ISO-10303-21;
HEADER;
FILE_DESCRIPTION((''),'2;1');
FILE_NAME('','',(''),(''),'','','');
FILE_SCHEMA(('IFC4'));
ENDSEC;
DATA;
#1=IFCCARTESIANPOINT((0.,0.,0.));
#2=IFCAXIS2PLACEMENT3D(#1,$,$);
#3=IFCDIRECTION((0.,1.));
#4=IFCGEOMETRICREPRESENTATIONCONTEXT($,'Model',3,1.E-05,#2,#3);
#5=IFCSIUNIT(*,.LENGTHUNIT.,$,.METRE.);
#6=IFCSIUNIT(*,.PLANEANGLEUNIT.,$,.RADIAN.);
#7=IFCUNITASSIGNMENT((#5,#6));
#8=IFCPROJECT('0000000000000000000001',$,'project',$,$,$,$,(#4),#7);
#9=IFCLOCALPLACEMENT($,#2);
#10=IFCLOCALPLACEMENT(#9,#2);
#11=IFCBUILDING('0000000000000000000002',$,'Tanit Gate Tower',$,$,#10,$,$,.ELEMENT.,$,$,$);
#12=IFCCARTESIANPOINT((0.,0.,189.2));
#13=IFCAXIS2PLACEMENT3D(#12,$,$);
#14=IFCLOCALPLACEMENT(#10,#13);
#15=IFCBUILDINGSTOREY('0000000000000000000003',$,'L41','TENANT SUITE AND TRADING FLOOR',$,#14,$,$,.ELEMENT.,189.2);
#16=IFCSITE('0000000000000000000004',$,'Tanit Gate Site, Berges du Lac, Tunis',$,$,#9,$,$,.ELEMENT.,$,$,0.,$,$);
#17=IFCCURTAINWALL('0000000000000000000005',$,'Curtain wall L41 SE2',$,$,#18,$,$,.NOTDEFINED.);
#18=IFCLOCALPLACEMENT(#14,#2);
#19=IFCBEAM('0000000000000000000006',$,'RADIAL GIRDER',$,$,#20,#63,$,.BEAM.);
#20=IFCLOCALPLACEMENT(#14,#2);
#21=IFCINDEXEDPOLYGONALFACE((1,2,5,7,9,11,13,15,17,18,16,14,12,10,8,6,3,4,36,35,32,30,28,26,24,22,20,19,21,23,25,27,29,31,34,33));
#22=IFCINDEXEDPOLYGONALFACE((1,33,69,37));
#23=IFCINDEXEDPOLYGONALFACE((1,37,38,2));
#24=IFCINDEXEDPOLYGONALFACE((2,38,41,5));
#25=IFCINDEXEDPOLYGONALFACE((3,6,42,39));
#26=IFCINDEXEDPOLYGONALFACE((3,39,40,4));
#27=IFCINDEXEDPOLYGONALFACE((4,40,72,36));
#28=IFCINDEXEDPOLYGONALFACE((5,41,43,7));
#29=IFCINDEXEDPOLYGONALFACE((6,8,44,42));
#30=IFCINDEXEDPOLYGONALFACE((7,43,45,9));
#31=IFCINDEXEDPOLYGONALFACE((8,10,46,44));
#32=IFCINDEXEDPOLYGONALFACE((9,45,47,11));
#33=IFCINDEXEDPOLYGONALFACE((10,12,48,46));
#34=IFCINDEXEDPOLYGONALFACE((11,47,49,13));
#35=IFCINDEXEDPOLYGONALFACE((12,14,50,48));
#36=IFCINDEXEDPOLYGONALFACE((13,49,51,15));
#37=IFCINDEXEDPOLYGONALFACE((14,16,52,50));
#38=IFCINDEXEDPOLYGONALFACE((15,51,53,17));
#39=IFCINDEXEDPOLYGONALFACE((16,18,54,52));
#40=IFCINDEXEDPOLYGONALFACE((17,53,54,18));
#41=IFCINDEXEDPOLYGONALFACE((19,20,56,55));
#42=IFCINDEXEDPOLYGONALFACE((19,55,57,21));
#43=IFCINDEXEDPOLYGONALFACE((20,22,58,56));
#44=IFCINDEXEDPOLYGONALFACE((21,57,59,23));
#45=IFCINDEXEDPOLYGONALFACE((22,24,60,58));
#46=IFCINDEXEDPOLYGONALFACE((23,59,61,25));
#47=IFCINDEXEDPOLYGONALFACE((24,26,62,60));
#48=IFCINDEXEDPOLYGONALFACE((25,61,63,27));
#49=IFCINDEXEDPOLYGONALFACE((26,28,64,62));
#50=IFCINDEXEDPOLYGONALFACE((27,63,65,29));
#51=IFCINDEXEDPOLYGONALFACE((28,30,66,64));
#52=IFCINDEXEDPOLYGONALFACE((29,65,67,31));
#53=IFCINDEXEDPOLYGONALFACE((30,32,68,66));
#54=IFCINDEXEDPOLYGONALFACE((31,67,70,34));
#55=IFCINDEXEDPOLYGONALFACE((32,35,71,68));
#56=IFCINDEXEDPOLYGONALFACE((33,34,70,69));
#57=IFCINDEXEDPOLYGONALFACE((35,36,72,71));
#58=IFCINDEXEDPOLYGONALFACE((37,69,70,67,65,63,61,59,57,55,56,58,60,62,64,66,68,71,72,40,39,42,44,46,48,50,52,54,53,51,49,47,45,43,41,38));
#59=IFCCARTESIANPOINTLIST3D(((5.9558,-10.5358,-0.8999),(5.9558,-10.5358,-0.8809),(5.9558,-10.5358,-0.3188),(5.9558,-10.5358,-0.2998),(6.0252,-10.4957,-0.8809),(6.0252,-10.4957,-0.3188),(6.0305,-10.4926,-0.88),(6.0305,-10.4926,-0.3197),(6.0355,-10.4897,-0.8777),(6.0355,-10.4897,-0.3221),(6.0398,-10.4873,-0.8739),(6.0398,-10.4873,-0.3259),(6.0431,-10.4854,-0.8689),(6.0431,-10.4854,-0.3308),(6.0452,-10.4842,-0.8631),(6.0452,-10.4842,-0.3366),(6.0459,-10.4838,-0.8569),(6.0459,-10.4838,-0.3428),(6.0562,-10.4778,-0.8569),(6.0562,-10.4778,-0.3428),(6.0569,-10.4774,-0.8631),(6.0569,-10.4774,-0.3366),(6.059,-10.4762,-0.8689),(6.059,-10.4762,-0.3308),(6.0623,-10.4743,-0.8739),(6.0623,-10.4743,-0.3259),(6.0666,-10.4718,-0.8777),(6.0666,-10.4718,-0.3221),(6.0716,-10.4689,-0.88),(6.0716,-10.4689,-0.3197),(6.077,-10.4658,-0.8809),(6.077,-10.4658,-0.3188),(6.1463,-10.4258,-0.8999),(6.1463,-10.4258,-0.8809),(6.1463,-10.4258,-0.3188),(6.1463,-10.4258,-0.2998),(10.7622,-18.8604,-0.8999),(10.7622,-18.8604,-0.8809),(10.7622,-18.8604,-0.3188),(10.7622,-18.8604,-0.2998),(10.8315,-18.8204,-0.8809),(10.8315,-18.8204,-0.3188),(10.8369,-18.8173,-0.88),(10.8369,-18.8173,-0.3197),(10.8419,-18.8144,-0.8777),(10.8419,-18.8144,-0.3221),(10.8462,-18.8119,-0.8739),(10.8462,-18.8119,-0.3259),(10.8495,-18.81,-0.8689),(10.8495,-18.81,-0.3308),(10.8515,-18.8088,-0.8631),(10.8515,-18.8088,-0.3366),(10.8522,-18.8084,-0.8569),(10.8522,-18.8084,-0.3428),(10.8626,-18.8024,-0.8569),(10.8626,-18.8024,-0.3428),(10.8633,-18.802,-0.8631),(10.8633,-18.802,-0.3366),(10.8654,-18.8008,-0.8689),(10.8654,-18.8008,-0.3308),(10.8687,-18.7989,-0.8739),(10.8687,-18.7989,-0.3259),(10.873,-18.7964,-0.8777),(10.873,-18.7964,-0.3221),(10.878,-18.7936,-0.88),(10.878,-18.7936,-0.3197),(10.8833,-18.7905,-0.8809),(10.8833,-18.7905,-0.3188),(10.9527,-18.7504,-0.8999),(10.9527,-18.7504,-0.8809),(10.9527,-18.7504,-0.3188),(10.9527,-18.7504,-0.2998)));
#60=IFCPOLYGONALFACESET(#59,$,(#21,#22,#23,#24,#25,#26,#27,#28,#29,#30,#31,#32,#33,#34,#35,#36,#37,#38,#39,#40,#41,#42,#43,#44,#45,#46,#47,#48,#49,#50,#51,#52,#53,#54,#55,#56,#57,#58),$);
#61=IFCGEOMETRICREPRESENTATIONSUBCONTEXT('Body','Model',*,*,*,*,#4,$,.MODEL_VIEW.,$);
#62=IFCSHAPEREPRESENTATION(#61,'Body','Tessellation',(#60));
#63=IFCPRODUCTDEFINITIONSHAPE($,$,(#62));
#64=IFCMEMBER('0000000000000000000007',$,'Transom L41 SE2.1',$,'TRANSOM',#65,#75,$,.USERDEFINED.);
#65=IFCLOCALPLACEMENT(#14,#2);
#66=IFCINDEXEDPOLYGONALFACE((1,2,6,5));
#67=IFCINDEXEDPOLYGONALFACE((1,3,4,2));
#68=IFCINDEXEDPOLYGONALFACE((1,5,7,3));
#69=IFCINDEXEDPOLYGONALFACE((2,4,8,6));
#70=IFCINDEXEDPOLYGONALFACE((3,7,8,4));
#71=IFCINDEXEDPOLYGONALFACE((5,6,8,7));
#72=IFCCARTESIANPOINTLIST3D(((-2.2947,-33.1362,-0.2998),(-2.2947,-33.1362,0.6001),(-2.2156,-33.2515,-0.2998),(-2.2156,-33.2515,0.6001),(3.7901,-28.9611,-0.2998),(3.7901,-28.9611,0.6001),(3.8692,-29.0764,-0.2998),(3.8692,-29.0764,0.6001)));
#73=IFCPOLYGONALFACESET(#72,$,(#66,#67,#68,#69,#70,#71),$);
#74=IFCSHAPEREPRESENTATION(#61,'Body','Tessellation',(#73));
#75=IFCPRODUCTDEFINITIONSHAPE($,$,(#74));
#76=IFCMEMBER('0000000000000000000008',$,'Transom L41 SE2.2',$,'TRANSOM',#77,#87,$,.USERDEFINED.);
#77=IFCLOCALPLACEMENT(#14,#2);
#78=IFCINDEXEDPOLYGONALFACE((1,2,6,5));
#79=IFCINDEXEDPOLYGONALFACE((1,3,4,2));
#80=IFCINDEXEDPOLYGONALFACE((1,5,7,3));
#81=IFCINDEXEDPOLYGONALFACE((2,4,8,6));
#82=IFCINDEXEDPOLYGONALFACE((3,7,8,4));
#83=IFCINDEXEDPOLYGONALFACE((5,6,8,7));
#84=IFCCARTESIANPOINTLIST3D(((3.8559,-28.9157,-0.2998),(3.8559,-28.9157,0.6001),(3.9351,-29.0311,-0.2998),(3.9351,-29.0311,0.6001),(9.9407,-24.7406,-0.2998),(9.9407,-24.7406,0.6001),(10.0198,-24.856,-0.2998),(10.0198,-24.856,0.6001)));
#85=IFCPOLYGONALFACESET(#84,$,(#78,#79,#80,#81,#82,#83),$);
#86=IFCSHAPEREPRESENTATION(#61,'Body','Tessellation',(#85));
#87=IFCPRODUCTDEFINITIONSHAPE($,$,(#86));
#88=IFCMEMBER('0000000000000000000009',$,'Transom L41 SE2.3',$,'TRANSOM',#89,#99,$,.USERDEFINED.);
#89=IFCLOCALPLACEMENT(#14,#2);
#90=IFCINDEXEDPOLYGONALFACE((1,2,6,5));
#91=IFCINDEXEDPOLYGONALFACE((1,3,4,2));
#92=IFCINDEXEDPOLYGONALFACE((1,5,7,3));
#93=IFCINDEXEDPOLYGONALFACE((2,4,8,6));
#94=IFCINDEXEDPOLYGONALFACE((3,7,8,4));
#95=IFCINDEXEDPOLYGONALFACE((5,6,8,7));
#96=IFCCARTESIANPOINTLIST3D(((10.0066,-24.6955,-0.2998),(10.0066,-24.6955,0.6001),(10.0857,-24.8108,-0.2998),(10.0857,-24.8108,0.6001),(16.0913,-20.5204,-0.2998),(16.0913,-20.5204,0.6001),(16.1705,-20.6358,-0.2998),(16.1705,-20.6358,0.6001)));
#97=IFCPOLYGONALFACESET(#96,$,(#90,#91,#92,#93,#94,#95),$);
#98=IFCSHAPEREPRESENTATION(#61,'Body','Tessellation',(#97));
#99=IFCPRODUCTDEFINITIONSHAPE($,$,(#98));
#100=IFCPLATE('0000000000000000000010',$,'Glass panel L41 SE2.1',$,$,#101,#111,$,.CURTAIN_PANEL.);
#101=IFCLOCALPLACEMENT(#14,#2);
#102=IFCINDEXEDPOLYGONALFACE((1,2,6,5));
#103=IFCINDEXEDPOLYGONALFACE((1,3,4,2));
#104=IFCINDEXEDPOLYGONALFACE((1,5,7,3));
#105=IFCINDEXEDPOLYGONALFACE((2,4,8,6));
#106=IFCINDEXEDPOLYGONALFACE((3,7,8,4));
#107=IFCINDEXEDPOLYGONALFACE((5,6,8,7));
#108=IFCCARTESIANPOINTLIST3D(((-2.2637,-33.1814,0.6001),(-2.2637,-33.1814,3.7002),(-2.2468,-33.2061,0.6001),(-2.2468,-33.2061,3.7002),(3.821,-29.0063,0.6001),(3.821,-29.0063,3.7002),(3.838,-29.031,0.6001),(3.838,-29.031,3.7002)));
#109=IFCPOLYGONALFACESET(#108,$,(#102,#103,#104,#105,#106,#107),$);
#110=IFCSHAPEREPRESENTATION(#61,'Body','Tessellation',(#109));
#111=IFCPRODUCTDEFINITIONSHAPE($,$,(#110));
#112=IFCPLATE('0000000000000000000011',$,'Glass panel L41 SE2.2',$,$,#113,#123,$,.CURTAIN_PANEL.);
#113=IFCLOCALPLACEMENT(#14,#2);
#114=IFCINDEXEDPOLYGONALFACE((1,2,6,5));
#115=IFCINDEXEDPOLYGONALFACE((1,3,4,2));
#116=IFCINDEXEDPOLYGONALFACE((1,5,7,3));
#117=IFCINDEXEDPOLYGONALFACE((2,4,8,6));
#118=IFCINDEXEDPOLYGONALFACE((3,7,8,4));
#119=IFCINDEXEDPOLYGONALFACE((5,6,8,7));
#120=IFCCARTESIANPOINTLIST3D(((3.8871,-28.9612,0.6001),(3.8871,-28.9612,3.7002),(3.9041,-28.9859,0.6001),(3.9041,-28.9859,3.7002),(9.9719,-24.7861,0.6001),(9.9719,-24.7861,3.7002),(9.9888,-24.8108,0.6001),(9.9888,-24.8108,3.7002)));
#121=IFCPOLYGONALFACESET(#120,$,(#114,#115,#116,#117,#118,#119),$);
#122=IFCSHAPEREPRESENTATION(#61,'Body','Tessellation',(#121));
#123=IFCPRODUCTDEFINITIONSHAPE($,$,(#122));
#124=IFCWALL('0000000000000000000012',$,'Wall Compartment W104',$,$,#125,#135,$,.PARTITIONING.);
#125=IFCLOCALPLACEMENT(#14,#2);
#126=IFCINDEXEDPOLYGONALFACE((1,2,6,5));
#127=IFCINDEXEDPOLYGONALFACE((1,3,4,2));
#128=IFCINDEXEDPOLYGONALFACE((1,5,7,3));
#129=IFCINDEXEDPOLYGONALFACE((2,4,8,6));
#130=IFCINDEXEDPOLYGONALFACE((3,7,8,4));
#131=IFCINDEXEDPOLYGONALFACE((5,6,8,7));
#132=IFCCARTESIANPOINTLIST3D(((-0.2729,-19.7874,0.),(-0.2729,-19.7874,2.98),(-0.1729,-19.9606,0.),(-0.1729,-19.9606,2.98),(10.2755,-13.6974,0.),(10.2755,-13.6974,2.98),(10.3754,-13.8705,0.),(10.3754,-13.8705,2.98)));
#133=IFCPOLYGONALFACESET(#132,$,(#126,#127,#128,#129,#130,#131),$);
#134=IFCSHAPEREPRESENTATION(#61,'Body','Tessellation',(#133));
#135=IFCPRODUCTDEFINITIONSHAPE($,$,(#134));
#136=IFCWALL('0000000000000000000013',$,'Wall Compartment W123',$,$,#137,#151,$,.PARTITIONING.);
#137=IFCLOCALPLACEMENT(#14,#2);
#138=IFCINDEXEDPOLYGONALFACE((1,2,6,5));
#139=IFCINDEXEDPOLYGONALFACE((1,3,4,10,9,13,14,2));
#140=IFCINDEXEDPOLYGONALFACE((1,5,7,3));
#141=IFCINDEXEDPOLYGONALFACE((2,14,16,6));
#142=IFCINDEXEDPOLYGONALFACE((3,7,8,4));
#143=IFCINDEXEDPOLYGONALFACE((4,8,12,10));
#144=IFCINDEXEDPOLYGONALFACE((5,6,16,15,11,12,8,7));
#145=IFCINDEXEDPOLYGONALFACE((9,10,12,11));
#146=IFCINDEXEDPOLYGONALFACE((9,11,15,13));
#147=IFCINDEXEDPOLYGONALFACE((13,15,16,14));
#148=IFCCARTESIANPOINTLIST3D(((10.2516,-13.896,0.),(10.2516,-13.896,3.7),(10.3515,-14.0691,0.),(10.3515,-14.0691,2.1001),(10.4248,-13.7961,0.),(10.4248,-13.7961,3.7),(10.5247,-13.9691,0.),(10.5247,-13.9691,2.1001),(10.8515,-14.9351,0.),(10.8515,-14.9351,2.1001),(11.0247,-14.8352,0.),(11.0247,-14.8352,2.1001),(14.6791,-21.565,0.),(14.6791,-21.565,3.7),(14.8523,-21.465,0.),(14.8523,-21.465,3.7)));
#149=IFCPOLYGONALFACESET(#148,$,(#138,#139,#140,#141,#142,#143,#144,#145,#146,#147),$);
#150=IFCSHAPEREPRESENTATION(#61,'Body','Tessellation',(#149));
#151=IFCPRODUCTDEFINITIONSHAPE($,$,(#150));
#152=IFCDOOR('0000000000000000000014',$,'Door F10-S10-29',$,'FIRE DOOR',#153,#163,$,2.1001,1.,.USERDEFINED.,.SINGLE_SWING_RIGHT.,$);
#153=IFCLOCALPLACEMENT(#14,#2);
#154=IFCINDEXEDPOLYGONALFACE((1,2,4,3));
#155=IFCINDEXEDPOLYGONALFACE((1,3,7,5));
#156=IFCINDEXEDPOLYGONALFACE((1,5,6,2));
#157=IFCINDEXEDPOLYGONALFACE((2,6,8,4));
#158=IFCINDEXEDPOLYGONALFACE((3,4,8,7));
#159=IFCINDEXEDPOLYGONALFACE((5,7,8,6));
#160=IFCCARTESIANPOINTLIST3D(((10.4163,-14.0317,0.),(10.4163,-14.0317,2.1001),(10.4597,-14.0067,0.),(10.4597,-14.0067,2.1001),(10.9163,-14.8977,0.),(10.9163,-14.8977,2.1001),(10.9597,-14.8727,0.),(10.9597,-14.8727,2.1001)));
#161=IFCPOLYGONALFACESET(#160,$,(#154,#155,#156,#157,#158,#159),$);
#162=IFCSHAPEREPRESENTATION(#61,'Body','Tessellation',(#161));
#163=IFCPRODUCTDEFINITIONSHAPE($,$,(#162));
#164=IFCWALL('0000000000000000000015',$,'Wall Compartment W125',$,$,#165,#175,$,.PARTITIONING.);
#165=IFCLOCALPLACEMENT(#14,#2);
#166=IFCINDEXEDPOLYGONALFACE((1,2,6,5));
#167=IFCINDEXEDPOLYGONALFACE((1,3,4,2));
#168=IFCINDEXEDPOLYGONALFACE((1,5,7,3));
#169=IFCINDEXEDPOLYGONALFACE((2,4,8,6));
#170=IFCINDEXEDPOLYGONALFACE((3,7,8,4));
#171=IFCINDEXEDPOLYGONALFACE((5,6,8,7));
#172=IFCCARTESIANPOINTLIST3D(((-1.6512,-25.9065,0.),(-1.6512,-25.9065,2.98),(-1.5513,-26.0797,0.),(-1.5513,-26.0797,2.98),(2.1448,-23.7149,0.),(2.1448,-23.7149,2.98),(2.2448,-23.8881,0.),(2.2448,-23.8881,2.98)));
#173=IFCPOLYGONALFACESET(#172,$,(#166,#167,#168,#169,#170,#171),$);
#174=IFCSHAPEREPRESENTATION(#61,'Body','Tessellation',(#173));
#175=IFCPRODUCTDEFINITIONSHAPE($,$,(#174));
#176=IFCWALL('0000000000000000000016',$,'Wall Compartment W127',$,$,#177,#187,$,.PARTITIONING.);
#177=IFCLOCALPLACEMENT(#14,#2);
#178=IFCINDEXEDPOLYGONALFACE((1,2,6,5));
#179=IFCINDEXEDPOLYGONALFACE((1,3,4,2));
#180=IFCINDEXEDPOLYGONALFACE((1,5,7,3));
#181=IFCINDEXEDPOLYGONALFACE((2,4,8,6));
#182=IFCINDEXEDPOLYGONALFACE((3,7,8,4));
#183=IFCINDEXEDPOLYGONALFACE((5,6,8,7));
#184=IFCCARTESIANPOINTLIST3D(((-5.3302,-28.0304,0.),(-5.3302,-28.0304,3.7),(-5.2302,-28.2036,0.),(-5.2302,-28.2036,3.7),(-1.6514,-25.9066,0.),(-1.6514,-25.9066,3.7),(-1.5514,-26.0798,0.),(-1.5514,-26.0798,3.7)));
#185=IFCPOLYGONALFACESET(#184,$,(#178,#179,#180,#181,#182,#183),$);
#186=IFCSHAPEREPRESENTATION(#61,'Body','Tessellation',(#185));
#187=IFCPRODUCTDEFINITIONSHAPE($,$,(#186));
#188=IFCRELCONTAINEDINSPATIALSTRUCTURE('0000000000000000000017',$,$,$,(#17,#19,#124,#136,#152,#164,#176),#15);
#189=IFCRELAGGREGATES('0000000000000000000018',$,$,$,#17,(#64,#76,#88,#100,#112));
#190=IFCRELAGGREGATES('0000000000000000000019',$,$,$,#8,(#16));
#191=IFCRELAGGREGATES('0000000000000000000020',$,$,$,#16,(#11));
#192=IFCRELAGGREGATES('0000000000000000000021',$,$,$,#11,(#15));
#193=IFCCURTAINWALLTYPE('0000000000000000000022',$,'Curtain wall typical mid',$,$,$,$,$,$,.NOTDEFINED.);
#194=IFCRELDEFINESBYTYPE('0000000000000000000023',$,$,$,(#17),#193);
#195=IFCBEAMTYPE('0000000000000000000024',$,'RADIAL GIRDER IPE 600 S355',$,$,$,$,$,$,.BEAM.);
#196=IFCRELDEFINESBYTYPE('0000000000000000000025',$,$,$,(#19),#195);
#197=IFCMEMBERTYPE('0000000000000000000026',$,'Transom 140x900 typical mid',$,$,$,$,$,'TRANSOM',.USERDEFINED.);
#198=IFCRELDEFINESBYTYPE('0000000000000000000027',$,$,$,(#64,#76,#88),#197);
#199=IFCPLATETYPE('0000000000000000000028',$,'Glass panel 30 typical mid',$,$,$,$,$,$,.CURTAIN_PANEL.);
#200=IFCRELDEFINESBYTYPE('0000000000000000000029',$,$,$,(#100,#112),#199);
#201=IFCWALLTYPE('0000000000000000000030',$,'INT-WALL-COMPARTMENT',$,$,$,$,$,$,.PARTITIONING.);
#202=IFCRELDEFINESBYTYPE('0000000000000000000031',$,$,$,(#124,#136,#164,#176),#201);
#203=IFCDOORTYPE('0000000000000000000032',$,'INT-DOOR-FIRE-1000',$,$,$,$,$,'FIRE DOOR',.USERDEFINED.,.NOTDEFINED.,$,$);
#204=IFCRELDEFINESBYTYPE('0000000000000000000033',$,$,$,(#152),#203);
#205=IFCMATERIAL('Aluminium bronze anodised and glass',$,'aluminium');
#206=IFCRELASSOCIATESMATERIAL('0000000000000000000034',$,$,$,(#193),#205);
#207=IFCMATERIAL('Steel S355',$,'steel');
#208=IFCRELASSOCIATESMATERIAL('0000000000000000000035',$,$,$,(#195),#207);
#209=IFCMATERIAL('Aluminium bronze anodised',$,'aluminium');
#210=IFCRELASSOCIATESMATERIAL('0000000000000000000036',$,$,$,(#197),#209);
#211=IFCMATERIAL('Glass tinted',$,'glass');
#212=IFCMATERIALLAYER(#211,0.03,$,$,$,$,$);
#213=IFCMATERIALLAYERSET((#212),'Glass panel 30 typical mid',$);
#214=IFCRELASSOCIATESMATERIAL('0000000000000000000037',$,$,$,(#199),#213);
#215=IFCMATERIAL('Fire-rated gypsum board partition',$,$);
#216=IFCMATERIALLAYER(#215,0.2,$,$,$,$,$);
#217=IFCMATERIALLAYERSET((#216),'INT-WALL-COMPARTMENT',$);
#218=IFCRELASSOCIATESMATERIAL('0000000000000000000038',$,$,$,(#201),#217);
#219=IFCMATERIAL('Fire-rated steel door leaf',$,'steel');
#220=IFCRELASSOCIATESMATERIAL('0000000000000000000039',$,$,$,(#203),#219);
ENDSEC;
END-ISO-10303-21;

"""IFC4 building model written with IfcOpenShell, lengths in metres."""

from ifc_helpers import new_model, si_unit, direction, frame, frame_2d, origin, origin_2d, place, context, subcontext, project, spatial, rectangle, i_section, extrude, material, layer, layer_set, material_profile, profile_set, type_object, element, fill, aggregate, save


model = new_model("IFC4")

# Units and contexts
model_context = context("Model", 3, precision=1e-05, world=origin(), true_north=direction((0.0, 1.0)))
body_context = subcontext(model_context, "Body", "Model", "MODEL_VIEW")
ifc_project = project(units=[si_unit("LENGTHUNIT", "METRE"), si_unit("PLANEANGLEUNIT", "RADIAN")], contexts=[model_context])

# Site, building, storey
site_placement = place(None, origin())
site = spatial("IfcSite", under=ifc_project, at=site_placement, Name="Tanit Gate Site, Berges du Lac, Tunis", CompositionType="ELEMENT", RefElevation=0.0)
building_placement = place(site_placement, origin())
building = spatial("IfcBuilding", under=site, at=building_placement, Name="Tanit Gate Tower", CompositionType="ELEMENT")
storey_placement = place(building_placement, frame((0.0, 0.0, 189.2)))
storey = spatial("IfcBuildingStorey", under=building, at=storey_placement, Name="L41", Description="TENANT SUITE AND TRADING FLOOR", CompositionType="ELEMENT", Elevation=189.2)

# Curtain wall
ifc_material_1 = material(Name="Aluminium bronze anodised and glass", Category="aluminium")
curtain_wall_type = type_object("IfcCurtainWallType", Name="Curtain wall typical mid", PredefinedType="NOTDEFINED", material=ifc_material_1)
curtain_wall_1_placement = place(storey_placement, origin())
curtain_wall_1 = element("IfcCurtainWall", 1, at=curtain_wall_1_placement, inside=storey, type_object=curtain_wall_type, Name="Curtain wall L41 SE2", PredefinedType="NOTDEFINED")

# Beam
ifc_material_2 = material(Name="Steel S355", Category="steel")
ifc_material_profile_1 = material_profile(ifc_material_2, i_section(OverallWidth=0.22, OverallDepth=0.6001, WebThickness=0.012, FlangeThickness=0.019, FilletRadius=0.0239, at=origin_2d()), Name="IPE 600")
ifc_profile_set_1 = profile_set([ifc_material_profile_1], Name="Steel S355")
beam_type_1 = type_object("IfcBeamType", Name="RADIAL GIRDER IPE 600 S355", PredefinedType="BEAM", material=ifc_profile_set_1)
beam_1_placement = place(storey_placement, frame((10.8574, -18.8054, -0.5999), z_axis=(-0.50001, 0.86602, 0.0), x_axis=(-0.86602, -0.50001, 0.0)))
element("IfcBeam", 2, at=beam_1_placement, inside=storey, type_object=beam_type_1, Name="RADIAL GIRDER", PredefinedType="BEAM", context=body_context, shape_type="SweptSolid", body=[
    extrude(i_section(OverallWidth=0.22, OverallDepth=0.6001, WebThickness=0.012, FlangeThickness=0.019, FilletRadius=0.0239, at=origin_2d()), origin(), (0.0, 0.0, 1.0), 9.6125),
])

# Members
ifc_material_3 = material(Name="Aluminium bronze anodised", Category="aluminium")
ifc_material_profile_2 = material_profile(ifc_material_3, rectangle(XDim=0.1399, YDim=0.8999, at=origin_2d()), Name="140x900 bronze transom")
ifc_profile_set_2 = profile_set([ifc_material_profile_2], Name="Aluminium bronze anodised")
member_type_1 = type_object("IfcMemberType", Name="Transom 140x900 typical mid", ElementType="TRANSOM", PredefinedType="USERDEFINED", material=ifc_profile_set_2)
member_1_placement = place(storey_placement, frame((-2.2551, -33.1938, 0.1501), z_axis=(0.82456, 0.565775, 0.0), x_axis=(-0.565775, 0.82456, 0.0)))
member_1 = element("IfcMember", 3, at=member_1_placement, type_object=member_type_1, Name="Transom L41 SE2.1", ObjectType="TRANSOM", PredefinedType="USERDEFINED", context=body_context, shape_type="SweptSolid", body=[
    extrude(rectangle(XDim=0.1399, YDim=0.8999, at=origin_2d()), origin(), (0.0, 0.0, 1.0), 7.3794),
])
member_2_placement = place(storey_placement, frame((3.8955, -28.9734, 0.1501), z_axis=(0.82456, 0.565775, 0.0), x_axis=(-0.565775, 0.82456, 0.0)))
member_2 = element("IfcMember", 4, at=member_2_placement, type_object=member_type_1, Name="Transom L41 SE2.2", ObjectType="TRANSOM", PredefinedType="USERDEFINED", context=body_context, shape_type="SweptSolid", body=[
    extrude(rectangle(XDim=0.1399, YDim=0.8999, at=origin_2d()), origin(), (0.0, 0.0, 1.0), 7.3794),
])
member_3_placement = place(storey_placement, frame((10.0461, -24.7532, 0.1501), z_axis=(0.82456, 0.565775, 0.0), x_axis=(-0.565775, 0.82456, 0.0)))
member_3 = element("IfcMember", 5, at=member_3_placement, type_object=member_type_1, Name="Transom L41 SE2.3", ObjectType="TRANSOM", PredefinedType="USERDEFINED", context=body_context, shape_type="SweptSolid", body=[
    extrude(rectangle(XDim=0.1399, YDim=0.8999, at=origin_2d()), origin(), (0.0, 0.0, 1.0), 7.3794),
])

# Plates
ifc_material_4 = material(Name="Glass tinted", Category="glass")
ifc_layer_1 = layer(ifc_material_4, 0.03)
ifc_layer_set_1 = layer_set([ifc_layer_1], Name="Glass panel 30 typical mid")
plate_type = type_object("IfcPlateType", Name="Glass panel 30 typical mid", PredefinedType="CURTAIN_PANEL", material=ifc_layer_set_1)
plate_1_placement = place(storey_placement, frame((0.7871, -31.1062, 0.6001), z_axis=(0.0, 0.0, 1.0), x_axis=(0.824557, 0.56578, 0.0)))
plate_1 = element("IfcPlate", 6, at=plate_1_placement, type_object=plate_type, Name="Glass panel L41 SE2.1", PredefinedType="CURTAIN_PANEL", context=body_context, shape_type="SweptSolid", body=[
    extrude(rectangle(XDim=7.3794, YDim=0.03, at=origin_2d()), origin(), (0.0, 0.0, 1.0), 3.1001),
])
plate_2_placement = place(storey_placement, frame((6.938, -26.886, 0.6001), z_axis=(0.0, 0.0, 1.0), x_axis=(0.824557, 0.56578, 0.0)))
plate_2 = element("IfcPlate", 7, at=plate_2_placement, type_object=plate_type, Name="Glass panel L41 SE2.2", PredefinedType="CURTAIN_PANEL", context=body_context, shape_type="SweptSolid", body=[
    extrude(rectangle(XDim=7.3794, YDim=0.03, at=origin_2d()), origin(), (0.0, 0.0, 1.0), 3.1001),
])
aggregate(curtain_wall_1, [member_1, member_2, member_3, plate_1, plate_2])

# Wall
ifc_material_5 = material(Name="Fire-rated gypsum board partition")
ifc_layer_2 = layer(ifc_material_5, 0.2)
ifc_layer_set_2 = layer_set([ifc_layer_2], Name="INT-WALL-COMPARTMENT")
wall_type_1 = type_object("IfcWallType", Name="INT-WALL-COMPARTMENT", PredefinedType="PARTITIONING", material=ifc_layer_set_2)
wall_1_placement = place(storey_placement, frame((-0.2229, -19.874, 0.0), z_axis=(0.0, 0.0, 1.0), x_axis=(0.866025, 0.5, 0.0)))
element("IfcWall", 8, at=wall_1_placement, inside=storey, type_object=wall_type_1, Name="Wall Compartment W104", PredefinedType="PARTITIONING", context=body_context, shape_type="SweptSolid", body=[
    extrude(rectangle(XDim=12.1802, YDim=0.2, at=frame_2d((6.0901, 0.0))), origin(), (0.0, 0.0, 1.0), 2.98),
])

# Wall, opening, door
wall_2_placement = place(storey_placement, frame((10.3381, -13.8459, 0.0), z_axis=(0.0, 0.0, 1.0), x_axis=(0.499985, -0.866034, 0.0)))
wall_2 = element("IfcWall", 9, at=wall_2_placement, inside=storey, type_object=wall_type_1, Name="Wall Compartment W123", PredefinedType="PARTITIONING", context=body_context, shape_type="SweptSolid", body=[
    extrude(rectangle(XDim=8.8552, YDim=0.2, at=frame_2d((4.4277, 0.0))), origin(), (0.0, 0.0, 1.0), 3.7),
])
opening_placement = place(wall_2_placement, frame((0.2, 0.0, 0.0)))
opening = element("IfcOpeningElement", 10, at=opening_placement, cuts=wall_2, PredefinedType="OPENING", context=body_context, shape_type="SweptSolid", body=[
    extrude(rectangle(XDim=1.0, YDim=2.1001, at=frame_2d((0.5, 1.05))), frame((0.0, 0.1099, 0.0), z_axis=(0.0, -1.0, 0.0), x_axis=(1.0, 0.0, 0.0)), (0.0, 0.0, 1.0), 0.22),
])
ifc_material_6 = material(Name="Fire-rated steel door leaf", Category="steel")
door_type = type_object("IfcDoorType", Name="INT-DOOR-FIRE-1000", ElementType="FIRE DOOR", OperationType="NOTDEFINED", PredefinedType="USERDEFINED", material=ifc_material_6)
door_placement = place(opening_placement, origin())
door = element("IfcDoor", 11, at=door_placement, inside=storey, type_object=door_type, Name="Door F10-S10-29", ObjectType="FIRE DOOR", OperationType="SINGLE_SWING_RIGHT", OverallHeight=2.1001, OverallWidth=1.0, PredefinedType="USERDEFINED", context=body_context, shape_type="SweptSolid", body=[
    extrude(rectangle(XDim=1.0, YDim=2.1001, at=frame_2d((0.5, 1.05))), frame((0.0, 0.0249, 0.0), z_axis=(0.0, -1.0, 0.0), x_axis=(1.0, 0.0, 0.0)), (0.0, 0.0, 1.0), 0.05),
])
fill(opening, door)

# Walls
wall_3_placement = place(storey_placement, frame((2.1948, -23.8015, 0.0), z_axis=(0.0, 0.0, 1.0), x_axis=(-0.866031, -0.499991, 0.0)))
element("IfcWall", 12, at=wall_3_placement, inside=storey, type_object=wall_type_1, Name="Wall Compartment W125", PredefinedType="PARTITIONING", context=body_context, shape_type="SweptSolid", body=[
    extrude(rectangle(XDim=4.3833, YDim=0.2, at=frame_2d((2.1917, 0.0))), origin(), (0.0, 0.0, 1.0), 2.98),
])
wall_4_placement = place(storey_placement, frame((-1.6013, -25.9932, 0.0), z_axis=(0.0, 0.0, 1.0), x_axis=(-0.866038, -0.499978, 0.0)))
element("IfcWall", 13, at=wall_4_placement, inside=storey, type_object=wall_type_1, Name="Wall Compartment W127", PredefinedType="PARTITIONING", context=body_context, shape_type="SweptSolid", body=[
    extrude(rectangle(XDim=4.2478, YDim=0.2, at=frame_2d((2.124, 0.0))), origin(), (0.0, 0.0, 1.0), 3.7),
])

save(model, "model.ifc")
